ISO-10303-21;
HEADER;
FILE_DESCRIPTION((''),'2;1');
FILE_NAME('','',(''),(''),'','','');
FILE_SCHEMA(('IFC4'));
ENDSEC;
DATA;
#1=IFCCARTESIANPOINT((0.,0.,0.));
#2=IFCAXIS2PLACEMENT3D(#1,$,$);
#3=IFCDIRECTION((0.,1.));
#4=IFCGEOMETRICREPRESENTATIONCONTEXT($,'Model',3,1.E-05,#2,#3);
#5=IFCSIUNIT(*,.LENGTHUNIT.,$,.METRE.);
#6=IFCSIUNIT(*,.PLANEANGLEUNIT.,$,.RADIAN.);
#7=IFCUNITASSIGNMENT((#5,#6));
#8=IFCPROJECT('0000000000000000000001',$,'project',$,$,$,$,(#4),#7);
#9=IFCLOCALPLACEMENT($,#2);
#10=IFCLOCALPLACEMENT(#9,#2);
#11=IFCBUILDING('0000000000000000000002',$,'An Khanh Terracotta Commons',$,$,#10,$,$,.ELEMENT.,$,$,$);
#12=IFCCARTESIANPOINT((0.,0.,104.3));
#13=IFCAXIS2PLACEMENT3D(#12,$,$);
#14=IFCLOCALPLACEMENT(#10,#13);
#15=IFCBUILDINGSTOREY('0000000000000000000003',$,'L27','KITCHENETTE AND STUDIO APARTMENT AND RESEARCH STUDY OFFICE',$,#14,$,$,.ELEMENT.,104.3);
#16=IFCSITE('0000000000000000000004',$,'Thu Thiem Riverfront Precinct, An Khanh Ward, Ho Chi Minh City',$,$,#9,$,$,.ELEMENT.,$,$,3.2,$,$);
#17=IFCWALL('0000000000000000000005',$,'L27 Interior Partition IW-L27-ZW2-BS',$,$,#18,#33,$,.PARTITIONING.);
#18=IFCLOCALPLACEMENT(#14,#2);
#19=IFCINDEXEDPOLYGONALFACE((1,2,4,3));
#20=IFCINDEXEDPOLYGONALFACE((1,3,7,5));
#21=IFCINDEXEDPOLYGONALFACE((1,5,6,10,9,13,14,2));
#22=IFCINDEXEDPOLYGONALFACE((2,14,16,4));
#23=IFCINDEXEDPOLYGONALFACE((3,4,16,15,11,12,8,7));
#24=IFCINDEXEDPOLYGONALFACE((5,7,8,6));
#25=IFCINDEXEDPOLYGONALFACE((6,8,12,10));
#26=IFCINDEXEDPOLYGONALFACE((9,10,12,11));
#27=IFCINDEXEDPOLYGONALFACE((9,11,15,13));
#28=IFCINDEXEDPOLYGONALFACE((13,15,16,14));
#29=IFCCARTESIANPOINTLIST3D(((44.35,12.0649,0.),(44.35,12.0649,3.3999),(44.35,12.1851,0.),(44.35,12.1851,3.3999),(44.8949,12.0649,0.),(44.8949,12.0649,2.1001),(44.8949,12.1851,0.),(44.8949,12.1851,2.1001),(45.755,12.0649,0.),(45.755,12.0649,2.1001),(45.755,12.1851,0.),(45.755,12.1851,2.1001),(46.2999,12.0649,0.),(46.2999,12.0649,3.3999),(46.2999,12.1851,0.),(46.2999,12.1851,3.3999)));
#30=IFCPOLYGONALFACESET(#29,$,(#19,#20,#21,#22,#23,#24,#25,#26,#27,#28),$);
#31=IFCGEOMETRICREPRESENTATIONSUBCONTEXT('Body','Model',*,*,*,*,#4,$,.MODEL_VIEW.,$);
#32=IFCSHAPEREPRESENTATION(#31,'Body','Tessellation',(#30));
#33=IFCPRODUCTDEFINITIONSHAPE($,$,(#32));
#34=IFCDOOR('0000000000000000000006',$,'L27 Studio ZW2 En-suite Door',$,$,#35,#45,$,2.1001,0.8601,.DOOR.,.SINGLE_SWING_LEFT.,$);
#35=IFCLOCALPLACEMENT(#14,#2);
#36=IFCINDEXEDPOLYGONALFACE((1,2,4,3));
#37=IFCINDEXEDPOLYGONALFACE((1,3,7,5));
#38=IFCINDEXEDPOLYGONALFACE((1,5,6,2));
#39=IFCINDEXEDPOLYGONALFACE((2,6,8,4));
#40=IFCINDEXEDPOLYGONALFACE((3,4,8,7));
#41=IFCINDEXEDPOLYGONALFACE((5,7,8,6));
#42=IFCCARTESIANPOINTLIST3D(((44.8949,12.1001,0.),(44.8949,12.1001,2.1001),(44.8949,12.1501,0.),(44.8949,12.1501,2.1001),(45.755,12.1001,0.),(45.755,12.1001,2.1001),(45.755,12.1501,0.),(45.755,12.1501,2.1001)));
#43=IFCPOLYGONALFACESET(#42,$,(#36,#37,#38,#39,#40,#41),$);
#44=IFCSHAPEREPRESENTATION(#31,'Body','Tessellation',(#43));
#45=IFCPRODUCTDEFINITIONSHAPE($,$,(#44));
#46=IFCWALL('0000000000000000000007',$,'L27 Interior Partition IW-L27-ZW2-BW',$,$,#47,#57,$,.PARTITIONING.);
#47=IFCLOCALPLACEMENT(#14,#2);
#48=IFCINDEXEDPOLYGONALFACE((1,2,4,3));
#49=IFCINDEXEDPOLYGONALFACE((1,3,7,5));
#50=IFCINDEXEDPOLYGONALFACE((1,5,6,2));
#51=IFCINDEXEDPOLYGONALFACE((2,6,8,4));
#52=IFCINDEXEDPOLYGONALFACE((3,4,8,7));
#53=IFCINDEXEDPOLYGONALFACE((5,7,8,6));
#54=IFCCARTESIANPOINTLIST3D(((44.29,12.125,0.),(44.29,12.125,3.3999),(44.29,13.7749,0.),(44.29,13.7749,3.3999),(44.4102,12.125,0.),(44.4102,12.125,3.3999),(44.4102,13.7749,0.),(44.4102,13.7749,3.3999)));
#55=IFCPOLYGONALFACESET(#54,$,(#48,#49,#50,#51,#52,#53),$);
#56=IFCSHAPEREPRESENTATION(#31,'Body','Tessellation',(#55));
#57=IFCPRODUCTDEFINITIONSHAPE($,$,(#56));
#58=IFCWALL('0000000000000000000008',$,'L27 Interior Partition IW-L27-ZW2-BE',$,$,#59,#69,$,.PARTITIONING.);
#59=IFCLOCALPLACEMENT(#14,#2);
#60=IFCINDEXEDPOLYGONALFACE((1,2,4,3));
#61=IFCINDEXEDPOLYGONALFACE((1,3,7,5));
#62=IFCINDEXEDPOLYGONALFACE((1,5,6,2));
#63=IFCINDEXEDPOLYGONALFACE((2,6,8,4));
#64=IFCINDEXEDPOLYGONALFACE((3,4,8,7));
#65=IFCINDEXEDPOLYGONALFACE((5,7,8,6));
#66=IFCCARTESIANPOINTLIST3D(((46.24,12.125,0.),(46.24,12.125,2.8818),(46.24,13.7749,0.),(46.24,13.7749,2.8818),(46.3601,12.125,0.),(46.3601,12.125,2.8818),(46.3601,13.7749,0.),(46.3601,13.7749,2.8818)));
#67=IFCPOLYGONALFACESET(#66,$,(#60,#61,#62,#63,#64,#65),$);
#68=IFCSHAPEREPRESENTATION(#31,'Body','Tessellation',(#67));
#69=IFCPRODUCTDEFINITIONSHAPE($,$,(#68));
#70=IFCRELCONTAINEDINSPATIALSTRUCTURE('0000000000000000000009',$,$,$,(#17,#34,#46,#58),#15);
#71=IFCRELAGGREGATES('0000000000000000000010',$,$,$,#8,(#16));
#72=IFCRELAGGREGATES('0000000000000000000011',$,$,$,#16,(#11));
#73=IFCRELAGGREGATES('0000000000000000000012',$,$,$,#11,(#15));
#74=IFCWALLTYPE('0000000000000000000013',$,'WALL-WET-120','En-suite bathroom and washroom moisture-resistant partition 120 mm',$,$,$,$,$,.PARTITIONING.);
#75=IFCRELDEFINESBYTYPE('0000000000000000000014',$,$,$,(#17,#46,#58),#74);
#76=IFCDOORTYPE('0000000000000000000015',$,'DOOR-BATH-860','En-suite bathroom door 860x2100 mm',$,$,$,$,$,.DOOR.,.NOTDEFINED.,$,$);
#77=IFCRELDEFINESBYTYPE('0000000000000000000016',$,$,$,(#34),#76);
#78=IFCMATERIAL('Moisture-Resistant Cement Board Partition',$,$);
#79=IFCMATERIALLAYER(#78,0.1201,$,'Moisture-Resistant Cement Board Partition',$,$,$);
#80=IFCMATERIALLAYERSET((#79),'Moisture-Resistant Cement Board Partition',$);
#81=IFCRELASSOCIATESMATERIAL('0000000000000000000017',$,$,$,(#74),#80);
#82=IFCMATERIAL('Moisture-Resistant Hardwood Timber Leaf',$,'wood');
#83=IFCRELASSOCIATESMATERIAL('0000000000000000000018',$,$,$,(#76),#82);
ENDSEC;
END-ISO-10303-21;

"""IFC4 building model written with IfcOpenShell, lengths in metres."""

from ifc_helpers import new_model, si_unit, direction, frame, frame_2d, origin, place, context, subcontext, project, spatial, rectangle, extrude, material, layer, layer_set, type_object, element, fill, save


model = new_model("IFC4")

# Units and contexts
model_context = context("Model", 3, precision=1e-05, world=origin(), true_north=direction((0.0, 1.0)))
body_context = subcontext(model_context, "Body", "Model", "MODEL_VIEW")
ifc_project = project(units=[si_unit("LENGTHUNIT", "METRE"), si_unit("PLANEANGLEUNIT", "RADIAN")], contexts=[model_context])

# Site, building, storey
site_placement = place(None, origin())
site = spatial("IfcSite", under=ifc_project, at=site_placement, Name="Thu Thiem Riverfront Precinct, An Khanh Ward, Ho Chi Minh City", CompositionType="ELEMENT", RefElevation=3.2)
building_placement = place(site_placement, origin())
building = spatial("IfcBuilding", under=site, at=building_placement, Name="An Khanh Terracotta Commons", CompositionType="ELEMENT")
storey_placement = place(building_placement, frame((0.0, 0.0, 104.3)))
storey = spatial("IfcBuildingStorey", under=building, at=storey_placement, Name="L27", Description="KITCHENETTE AND STUDIO APARTMENT AND RESEARCH STUDY OFFICE", CompositionType="ELEMENT", Elevation=104.3)

# Shared definitions
ifc_material_1 = material(Name="Moisture-Resistant Cement Board Partition")
ifc_layer_1 = layer(ifc_material_1, 0.1201, Name="Moisture-Resistant Cement Board Partition")
ifc_layer_set_1 = layer_set([ifc_layer_1], Name="Moisture-Resistant Cement Board Partition")
wall_type_1 = type_object("IfcWallType", Name="WALL-WET-120", Description="En-suite bathroom and washroom moisture-resistant partition 120 mm", PredefinedType="PARTITIONING", material=ifc_layer_set_1)

# Wall, opening, door
wall_1_placement = place(storey_placement, frame((46.3, 12.125, 0.0), z_axis=(0.0, 0.0, 1.0), x_axis=(-1.0, 0.0, 0.0)))
wall_1 = element("IfcWall", 1, at=wall_1_placement, inside=storey, type_object=wall_type_1, Name="L27 Interior Partition IW-L27-ZW2-BS", PredefinedType="PARTITIONING", context=body_context, shape_type="SweptSolid", body=[
    extrude(rectangle(XDim=1.95, YDim=0.1201, at=frame_2d((0.9751, 0.0))), origin(), (0.0, 0.0, 1.0), 3.3999),
])
opening_1_placement = place(wall_1_placement, frame((0.5449, 0.0, 0.0)))
opening_1 = element("IfcOpeningElement", 2, at=opening_1_placement, cuts=wall_1, PredefinedType="OPENING", context=body_context, shape_type="SweptSolid", body=[
    extrude(rectangle(XDim=0.8601, YDim=2.1001, at=frame_2d((0.4302, 1.05))), frame((0.0, 0.0701, 0.0), z_axis=(0.0, -1.0, 0.0), x_axis=(1.0, 0.0, 0.0)), (0.0, 0.0, 1.0), 0.1401),
])
ifc_material_2 = material(Name="Moisture-Resistant Hardwood Timber Leaf", Category="wood")
door_type_1 = type_object("IfcDoorType", Name="DOOR-BATH-860", Description="En-suite bathroom door 860x2100 mm", OperationType="NOTDEFINED", PredefinedType="DOOR", material=ifc_material_2)
door_1_placement = place(opening_1_placement, origin())
door_1 = element("IfcDoor", 3, at=door_1_placement, inside=storey, type_object=door_type_1, Name="L27 Studio ZW2 En-suite Door", OperationType="SINGLE_SWING_LEFT", OverallHeight=2.1001, OverallWidth=0.8601, PredefinedType="DOOR", context=body_context, shape_type="SweptSolid", body=[
    extrude(rectangle(XDim=0.8601, YDim=2.1001, at=frame_2d((0.4302, 1.05))), frame((0.0, 0.0249, 0.0), z_axis=(0.0, -1.0, 0.0), x_axis=(1.0, 0.0, 0.0)), (0.0, 0.0, 1.0), 0.05),
])
fill(opening_1, door_1)

# Walls
wall_2_placement = place(storey_placement, frame((44.3501, 13.7749, 0.0), z_axis=(0.0, 0.0, 1.0), x_axis=(0.0, -1.0, 0.0)))
element("IfcWall", 4, at=wall_2_placement, inside=storey, type_object=wall_type_1, Name="L27 Interior Partition IW-L27-ZW2-BW", PredefinedType="PARTITIONING", context=body_context, shape_type="SweptSolid", body=[
    extrude(rectangle(XDim=1.6499, YDim=0.1201, at=frame_2d((0.825, 0.0))), origin(), (0.0, 0.0, 1.0), 3.3999),
])
wall_3_placement = place(storey_placement, frame((46.3, 12.125, 0.0), z_axis=(0.0, 0.0, 1.0), x_axis=(0.0, 1.0, 0.0)))
element("IfcWall", 5, at=wall_3_placement, inside=storey, type_object=wall_type_1, Name="L27 Interior Partition IW-L27-ZW2-BE", PredefinedType="PARTITIONING", context=body_context, shape_type="SweptSolid", body=[
    extrude(rectangle(XDim=1.6499, YDim=0.1201, at=frame_2d((0.825, 0.0))), origin(), (0.0, 0.0, 1.0), 2.8818),
])

save(model, "model.ifc")
